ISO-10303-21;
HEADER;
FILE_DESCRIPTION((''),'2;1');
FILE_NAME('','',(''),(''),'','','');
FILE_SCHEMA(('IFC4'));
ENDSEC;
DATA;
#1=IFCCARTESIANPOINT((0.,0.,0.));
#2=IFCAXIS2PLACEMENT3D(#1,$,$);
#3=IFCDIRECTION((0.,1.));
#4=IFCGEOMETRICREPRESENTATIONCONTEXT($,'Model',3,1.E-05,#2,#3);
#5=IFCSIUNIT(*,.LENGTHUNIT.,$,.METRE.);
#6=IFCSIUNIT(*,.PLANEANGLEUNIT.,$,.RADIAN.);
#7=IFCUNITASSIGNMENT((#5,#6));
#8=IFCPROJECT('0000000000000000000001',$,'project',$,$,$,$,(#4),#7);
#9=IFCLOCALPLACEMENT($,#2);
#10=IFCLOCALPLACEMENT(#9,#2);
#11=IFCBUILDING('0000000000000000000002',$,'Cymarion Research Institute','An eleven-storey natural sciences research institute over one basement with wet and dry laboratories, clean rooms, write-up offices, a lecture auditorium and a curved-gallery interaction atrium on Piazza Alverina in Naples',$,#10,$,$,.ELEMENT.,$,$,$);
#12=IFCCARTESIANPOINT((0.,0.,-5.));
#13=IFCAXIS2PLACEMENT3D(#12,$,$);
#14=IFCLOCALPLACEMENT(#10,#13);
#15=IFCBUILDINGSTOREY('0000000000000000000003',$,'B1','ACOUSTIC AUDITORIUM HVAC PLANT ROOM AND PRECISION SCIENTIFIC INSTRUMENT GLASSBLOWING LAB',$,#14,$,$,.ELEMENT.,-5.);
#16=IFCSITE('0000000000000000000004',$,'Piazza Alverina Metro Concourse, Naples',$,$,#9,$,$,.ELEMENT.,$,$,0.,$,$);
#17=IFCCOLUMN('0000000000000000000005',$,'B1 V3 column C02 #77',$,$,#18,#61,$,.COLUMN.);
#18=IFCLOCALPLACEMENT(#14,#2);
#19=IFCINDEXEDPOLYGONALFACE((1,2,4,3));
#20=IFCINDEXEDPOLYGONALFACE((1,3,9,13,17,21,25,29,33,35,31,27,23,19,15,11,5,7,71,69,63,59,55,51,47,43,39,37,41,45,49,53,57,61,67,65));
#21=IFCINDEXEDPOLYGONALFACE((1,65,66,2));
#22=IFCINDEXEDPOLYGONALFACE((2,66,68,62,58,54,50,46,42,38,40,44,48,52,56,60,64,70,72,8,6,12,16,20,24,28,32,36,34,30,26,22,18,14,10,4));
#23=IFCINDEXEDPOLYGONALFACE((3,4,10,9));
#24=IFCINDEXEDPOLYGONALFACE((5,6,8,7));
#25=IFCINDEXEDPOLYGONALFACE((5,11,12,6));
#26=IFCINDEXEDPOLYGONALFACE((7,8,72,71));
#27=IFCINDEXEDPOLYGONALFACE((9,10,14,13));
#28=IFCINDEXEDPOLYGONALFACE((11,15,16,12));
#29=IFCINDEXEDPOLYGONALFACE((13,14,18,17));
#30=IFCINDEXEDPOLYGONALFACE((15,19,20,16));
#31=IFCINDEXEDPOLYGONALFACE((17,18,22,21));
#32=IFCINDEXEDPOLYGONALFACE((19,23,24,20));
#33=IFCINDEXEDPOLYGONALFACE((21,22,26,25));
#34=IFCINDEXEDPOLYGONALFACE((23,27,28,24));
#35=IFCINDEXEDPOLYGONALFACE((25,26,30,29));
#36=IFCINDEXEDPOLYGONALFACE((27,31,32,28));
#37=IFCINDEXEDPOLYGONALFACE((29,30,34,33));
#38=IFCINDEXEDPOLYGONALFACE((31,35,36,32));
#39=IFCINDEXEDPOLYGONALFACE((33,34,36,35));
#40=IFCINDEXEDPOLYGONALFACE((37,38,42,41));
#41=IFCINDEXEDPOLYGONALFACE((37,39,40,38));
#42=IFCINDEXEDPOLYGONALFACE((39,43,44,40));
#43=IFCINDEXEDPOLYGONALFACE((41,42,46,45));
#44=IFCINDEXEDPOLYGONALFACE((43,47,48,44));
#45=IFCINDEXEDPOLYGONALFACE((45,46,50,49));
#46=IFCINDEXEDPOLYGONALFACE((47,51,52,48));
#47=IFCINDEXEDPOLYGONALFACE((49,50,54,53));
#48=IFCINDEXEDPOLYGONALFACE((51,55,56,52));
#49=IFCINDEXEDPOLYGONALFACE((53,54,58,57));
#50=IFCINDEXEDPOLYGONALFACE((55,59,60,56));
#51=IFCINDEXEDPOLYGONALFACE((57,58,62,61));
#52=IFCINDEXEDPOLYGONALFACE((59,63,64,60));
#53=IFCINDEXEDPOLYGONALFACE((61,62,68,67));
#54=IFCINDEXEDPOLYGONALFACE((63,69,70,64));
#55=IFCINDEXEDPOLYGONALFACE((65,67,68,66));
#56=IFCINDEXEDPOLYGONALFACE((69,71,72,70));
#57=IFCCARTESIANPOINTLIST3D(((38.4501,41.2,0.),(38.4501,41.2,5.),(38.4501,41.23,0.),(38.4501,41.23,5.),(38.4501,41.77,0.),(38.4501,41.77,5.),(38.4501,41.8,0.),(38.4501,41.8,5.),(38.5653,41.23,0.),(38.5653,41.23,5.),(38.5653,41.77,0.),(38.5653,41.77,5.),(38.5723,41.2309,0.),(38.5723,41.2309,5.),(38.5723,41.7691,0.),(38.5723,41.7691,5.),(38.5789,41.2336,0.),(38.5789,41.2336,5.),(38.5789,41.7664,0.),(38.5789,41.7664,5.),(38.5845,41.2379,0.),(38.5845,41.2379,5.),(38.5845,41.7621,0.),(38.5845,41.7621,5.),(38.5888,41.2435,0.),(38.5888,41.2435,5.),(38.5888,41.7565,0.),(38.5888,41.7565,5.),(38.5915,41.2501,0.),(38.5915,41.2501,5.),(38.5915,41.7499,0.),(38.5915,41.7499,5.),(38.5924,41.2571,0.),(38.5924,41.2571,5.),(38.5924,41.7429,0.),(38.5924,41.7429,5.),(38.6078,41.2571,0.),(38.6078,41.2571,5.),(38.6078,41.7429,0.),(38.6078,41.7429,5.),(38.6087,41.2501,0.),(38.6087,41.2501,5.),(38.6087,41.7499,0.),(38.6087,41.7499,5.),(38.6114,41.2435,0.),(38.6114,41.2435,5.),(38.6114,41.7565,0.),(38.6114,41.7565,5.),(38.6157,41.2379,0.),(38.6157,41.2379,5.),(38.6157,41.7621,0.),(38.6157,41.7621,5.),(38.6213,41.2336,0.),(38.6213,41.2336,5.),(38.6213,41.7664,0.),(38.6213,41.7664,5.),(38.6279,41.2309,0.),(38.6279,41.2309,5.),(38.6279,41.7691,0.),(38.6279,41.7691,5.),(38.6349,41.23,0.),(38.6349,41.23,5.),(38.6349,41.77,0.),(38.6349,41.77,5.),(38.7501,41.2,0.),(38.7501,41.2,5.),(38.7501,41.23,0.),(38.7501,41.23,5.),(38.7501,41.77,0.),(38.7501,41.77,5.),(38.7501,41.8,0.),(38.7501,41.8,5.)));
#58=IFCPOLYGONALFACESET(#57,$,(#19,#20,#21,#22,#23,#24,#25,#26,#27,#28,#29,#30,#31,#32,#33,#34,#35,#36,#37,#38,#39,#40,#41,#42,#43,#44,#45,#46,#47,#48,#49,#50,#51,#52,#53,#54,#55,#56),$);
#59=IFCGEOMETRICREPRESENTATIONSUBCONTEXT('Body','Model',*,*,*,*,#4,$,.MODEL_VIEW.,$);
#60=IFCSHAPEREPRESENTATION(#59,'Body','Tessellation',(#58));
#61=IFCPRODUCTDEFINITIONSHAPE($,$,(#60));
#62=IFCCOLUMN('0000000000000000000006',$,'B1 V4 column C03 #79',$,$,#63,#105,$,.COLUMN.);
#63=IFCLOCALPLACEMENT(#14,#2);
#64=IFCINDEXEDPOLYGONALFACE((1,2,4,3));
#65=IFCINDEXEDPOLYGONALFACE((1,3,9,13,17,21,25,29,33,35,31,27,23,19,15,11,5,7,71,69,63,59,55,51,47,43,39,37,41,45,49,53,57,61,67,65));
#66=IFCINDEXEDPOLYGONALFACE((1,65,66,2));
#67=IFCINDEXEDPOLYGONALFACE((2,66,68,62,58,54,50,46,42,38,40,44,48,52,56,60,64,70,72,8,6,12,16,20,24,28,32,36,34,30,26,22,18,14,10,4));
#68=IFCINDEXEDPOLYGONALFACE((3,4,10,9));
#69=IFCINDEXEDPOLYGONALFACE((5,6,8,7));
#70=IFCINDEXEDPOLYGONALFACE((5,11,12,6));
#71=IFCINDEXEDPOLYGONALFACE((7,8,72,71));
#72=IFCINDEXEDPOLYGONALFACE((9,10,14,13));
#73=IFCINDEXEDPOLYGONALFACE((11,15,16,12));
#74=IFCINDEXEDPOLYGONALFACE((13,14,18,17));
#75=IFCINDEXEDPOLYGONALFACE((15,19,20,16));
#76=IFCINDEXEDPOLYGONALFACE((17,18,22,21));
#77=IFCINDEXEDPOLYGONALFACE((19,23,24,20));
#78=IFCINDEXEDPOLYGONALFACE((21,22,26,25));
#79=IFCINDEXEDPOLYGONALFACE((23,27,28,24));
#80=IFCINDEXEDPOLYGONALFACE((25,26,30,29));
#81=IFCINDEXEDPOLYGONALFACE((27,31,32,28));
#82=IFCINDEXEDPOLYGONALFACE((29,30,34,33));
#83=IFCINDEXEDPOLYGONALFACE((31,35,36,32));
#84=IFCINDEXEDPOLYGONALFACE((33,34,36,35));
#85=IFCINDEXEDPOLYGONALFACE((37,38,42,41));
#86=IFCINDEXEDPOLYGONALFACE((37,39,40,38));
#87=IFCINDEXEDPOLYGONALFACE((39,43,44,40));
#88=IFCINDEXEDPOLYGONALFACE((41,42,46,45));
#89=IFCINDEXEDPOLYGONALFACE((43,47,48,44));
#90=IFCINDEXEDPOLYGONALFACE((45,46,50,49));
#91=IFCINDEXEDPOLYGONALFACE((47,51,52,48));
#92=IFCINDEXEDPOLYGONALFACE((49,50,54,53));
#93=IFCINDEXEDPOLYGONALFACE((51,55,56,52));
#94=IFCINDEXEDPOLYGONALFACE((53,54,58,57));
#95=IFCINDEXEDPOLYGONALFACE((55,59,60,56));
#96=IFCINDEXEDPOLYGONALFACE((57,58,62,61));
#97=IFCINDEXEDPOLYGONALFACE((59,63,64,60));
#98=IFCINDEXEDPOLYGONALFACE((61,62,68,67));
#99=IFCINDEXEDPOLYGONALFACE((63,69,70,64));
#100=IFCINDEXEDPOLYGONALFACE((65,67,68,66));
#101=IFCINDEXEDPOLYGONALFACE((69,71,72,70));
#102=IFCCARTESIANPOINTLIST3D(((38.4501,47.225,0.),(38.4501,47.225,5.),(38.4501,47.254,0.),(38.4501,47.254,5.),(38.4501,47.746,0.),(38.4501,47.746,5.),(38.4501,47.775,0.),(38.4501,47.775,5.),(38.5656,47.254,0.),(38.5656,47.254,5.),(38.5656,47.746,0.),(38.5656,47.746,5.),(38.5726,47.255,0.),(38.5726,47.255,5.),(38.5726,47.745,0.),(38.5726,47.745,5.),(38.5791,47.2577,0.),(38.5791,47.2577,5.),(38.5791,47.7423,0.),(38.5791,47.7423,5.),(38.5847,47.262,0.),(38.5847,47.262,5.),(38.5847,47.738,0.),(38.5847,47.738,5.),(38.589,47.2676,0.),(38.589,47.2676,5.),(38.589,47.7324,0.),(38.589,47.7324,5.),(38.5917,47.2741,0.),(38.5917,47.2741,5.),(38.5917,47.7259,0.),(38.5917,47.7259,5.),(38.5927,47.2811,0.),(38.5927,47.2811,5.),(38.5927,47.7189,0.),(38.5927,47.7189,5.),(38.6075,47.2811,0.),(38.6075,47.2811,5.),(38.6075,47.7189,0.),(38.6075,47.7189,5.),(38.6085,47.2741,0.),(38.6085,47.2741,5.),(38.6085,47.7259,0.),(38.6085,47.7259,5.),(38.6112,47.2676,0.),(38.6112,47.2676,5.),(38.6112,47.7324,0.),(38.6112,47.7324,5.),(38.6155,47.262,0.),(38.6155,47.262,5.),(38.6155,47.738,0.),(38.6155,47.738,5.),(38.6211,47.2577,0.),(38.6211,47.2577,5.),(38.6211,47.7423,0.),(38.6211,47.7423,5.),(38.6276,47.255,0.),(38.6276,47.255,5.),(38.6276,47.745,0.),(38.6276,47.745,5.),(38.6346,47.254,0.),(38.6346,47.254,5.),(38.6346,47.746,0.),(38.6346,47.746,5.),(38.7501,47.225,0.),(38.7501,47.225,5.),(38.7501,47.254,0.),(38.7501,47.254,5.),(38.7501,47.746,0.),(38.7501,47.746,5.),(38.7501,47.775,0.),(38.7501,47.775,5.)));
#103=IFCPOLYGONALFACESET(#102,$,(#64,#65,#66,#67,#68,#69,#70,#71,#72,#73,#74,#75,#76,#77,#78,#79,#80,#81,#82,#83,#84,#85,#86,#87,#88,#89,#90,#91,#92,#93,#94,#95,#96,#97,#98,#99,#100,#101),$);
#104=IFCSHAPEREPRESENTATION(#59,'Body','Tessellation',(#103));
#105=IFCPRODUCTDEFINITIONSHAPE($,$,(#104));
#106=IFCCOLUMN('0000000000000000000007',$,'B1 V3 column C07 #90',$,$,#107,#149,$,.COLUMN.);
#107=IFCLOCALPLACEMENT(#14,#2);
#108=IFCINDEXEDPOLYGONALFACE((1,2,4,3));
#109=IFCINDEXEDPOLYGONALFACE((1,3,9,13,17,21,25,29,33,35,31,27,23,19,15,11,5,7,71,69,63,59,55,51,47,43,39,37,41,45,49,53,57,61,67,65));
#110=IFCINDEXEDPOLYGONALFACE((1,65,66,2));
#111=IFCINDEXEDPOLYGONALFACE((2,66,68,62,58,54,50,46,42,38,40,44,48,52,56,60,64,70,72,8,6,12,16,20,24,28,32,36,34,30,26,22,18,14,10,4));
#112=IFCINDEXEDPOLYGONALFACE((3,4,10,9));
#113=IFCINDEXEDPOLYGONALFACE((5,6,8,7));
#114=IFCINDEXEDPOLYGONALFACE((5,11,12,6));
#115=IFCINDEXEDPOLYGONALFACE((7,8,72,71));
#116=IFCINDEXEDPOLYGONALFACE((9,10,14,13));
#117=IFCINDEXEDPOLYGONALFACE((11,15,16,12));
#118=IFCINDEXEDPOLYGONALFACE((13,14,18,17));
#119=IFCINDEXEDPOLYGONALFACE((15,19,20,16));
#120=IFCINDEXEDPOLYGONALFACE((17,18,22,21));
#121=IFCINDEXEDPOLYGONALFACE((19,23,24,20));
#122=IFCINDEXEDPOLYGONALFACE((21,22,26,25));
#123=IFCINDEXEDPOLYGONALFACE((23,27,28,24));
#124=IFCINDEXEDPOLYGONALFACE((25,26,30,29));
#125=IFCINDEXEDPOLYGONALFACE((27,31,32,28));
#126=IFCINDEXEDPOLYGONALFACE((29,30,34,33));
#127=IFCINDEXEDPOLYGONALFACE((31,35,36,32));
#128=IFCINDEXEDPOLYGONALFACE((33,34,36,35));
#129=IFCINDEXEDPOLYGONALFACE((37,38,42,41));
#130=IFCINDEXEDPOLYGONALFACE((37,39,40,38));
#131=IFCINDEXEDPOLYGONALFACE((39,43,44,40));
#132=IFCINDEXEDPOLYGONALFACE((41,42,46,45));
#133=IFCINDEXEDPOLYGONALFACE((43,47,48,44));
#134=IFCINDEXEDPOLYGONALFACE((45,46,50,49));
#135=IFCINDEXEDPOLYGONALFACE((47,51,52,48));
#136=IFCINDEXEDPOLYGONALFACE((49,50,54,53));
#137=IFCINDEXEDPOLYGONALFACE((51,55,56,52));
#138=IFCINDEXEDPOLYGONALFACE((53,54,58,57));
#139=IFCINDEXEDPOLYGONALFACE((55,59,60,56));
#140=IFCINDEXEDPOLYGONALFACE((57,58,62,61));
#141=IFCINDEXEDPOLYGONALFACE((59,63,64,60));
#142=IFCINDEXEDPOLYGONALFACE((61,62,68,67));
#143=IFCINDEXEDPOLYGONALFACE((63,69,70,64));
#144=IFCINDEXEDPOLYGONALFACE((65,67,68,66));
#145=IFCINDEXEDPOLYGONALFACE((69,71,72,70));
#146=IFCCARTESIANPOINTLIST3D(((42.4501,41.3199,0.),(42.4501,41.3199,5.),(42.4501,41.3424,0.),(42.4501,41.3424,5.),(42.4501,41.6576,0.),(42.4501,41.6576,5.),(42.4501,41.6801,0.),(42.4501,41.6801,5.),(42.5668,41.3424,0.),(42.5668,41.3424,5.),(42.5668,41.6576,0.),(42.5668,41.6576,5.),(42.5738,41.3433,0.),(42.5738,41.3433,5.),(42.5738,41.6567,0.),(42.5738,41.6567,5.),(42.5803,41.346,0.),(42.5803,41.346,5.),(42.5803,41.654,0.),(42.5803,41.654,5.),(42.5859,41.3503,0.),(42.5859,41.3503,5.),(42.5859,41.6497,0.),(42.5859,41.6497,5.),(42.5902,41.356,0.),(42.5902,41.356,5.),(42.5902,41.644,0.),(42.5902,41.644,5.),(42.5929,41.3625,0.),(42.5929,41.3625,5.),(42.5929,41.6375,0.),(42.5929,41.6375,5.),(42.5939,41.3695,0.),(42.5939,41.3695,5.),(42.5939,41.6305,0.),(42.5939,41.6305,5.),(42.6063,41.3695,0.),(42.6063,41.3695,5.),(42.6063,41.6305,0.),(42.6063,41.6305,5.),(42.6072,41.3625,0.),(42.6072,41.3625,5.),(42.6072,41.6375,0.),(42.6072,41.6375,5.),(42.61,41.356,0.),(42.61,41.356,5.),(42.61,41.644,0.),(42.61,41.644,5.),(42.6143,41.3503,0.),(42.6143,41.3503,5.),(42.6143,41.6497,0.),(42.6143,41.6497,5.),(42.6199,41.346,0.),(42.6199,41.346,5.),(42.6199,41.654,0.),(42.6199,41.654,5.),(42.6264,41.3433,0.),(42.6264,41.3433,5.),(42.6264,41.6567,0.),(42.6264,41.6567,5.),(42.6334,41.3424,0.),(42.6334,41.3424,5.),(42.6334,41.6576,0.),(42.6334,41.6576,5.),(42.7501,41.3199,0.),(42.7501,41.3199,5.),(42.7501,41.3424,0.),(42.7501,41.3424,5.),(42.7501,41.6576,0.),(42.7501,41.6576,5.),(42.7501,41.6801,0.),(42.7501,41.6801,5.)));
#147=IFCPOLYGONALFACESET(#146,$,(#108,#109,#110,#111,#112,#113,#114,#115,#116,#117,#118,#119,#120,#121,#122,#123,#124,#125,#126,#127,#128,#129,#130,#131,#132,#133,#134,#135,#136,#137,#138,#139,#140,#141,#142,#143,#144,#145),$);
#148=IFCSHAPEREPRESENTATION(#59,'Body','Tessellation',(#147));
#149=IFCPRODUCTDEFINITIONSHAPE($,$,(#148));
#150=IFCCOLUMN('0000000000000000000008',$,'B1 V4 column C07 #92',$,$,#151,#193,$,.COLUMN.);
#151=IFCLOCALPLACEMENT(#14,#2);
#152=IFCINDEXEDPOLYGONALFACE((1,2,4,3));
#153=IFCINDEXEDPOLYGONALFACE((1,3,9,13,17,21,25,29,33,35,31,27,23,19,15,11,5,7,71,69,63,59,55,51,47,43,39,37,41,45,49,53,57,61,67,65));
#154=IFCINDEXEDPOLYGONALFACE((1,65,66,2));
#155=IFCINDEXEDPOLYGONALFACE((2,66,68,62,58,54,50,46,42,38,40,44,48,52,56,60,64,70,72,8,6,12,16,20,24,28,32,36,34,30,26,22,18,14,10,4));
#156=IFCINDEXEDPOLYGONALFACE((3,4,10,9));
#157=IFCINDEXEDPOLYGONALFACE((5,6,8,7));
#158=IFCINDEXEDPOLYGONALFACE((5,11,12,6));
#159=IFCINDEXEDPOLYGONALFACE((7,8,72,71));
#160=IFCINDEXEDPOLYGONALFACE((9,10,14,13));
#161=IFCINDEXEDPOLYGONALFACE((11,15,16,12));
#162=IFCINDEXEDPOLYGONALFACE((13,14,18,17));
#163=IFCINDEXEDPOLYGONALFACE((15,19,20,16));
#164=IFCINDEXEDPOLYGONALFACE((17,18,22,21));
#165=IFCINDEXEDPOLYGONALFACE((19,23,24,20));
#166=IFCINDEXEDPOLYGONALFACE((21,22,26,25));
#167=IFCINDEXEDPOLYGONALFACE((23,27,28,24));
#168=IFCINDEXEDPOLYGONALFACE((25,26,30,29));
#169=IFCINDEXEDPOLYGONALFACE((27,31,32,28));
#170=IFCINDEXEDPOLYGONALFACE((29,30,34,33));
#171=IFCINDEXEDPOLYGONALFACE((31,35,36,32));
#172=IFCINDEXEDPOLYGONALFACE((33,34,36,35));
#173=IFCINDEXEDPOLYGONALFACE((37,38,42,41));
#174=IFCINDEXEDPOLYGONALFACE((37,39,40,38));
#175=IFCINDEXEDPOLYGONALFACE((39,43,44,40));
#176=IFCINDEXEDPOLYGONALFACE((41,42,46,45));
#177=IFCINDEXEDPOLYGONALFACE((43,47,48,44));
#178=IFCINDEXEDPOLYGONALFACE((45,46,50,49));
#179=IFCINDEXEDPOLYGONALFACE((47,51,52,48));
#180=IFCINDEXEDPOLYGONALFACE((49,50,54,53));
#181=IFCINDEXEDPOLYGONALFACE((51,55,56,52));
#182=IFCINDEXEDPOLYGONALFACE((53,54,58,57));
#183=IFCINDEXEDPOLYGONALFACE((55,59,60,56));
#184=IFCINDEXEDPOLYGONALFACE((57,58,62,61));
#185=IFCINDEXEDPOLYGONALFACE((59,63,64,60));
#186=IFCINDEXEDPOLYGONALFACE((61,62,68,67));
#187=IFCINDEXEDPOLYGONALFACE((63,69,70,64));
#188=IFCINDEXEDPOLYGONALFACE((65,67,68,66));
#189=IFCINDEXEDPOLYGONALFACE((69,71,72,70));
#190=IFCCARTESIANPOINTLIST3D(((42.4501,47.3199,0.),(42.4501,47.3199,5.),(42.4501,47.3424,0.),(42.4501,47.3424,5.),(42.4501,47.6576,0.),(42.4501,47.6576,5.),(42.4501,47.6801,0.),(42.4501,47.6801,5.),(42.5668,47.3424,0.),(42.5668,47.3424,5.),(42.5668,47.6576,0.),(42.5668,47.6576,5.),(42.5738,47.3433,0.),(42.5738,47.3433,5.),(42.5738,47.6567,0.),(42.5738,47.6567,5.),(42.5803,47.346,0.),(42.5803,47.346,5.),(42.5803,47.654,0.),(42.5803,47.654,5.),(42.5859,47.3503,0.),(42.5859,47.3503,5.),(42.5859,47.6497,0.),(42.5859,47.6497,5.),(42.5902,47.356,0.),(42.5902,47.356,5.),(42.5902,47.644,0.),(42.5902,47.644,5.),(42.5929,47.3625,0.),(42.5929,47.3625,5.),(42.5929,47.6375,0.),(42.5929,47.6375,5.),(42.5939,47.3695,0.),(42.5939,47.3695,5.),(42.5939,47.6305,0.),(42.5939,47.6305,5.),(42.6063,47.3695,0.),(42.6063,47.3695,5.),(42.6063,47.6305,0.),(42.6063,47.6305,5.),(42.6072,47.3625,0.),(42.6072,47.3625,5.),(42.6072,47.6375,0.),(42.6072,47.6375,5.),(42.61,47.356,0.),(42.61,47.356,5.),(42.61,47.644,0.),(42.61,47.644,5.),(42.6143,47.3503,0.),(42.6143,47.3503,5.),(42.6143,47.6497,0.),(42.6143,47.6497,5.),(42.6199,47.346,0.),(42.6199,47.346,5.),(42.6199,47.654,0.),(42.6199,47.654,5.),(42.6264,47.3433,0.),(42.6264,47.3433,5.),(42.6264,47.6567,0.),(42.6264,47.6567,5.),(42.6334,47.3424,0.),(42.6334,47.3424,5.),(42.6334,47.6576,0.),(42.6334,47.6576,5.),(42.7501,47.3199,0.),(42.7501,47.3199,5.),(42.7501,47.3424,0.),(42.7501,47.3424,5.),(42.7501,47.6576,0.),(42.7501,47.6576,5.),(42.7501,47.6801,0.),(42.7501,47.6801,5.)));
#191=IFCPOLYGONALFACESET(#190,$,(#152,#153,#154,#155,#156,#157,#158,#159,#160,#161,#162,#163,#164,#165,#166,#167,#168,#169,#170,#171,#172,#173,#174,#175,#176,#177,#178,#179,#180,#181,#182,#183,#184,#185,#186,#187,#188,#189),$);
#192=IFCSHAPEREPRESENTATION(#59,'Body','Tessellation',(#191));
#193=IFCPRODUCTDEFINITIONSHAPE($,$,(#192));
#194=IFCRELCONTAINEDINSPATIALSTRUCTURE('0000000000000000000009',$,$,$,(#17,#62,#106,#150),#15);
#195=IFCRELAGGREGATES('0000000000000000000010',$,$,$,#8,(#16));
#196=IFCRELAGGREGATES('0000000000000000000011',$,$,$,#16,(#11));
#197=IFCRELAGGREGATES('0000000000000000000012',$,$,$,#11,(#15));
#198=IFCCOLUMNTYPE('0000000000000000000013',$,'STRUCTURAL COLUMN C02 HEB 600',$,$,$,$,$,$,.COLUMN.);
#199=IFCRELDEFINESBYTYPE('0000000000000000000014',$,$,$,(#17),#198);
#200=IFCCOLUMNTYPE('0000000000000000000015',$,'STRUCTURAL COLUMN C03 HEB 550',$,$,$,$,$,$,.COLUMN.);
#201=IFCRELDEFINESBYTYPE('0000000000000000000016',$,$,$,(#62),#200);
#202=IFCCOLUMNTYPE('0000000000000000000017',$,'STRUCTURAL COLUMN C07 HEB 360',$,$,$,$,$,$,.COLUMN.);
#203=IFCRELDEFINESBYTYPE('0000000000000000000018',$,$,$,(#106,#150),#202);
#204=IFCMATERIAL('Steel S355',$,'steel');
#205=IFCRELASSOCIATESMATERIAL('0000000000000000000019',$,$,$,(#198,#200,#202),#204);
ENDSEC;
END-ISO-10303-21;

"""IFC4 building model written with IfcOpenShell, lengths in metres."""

from ifc_helpers import new_model, si_unit, direction, frame, origin, origin_2d, place, context, subcontext, project, spatial, i_section, extrude, material, material_profile, profile_set, type_object, element, save


model = new_model("IFC4")

# Units and contexts
model_context = context("Model", 3, precision=1e-05, world=origin(), true_north=direction((0.0, 1.0)))
body_context = subcontext(model_context, "Body", "Model", "MODEL_VIEW")
ifc_project = project(units=[si_unit("LENGTHUNIT", "METRE"), si_unit("PLANEANGLEUNIT", "RADIAN")], contexts=[model_context])

# Site, building, storey
site_placement = place(None, origin())
site = spatial("IfcSite", under=ifc_project, at=site_placement, Name="Piazza Alverina Metro Concourse, Naples", CompositionType="ELEMENT", RefElevation=0.0)
building_placement = place(site_placement, origin())
building = spatial("IfcBuilding", under=site, at=building_placement, Name="Cymarion Research Institute", Description="An eleven-storey natural sciences research institute over one basement with wet and dry laboratories, clean rooms, write-up offices, a lecture auditorium and a curved-gallery interaction atrium on Piazza Alverina in Naples", CompositionType="ELEMENT")
storey_placement = place(building_placement, frame((0.0, 0.0, -5.0)))
storey = spatial("IfcBuildingStorey", under=building, at=storey_placement, Name="B1", Description="ACOUSTIC AUDITORIUM HVAC PLANT ROOM AND PRECISION SCIENTIFIC INSTRUMENT GLASSBLOWING LAB", CompositionType="ELEMENT", Elevation=-5.0)

# Columns
ifc_material_1 = material(Name="Steel S355", Category="steel")
ifc_material_profile_1 = material_profile(ifc_material_1, i_section(OverallWidth=0.3, OverallDepth=0.6001, WebThickness=0.0154, FlangeThickness=0.03, FilletRadius=0.0271, at=origin_2d()), Name="HEB 600")
ifc_profile_set_1 = profile_set([ifc_material_profile_1], Name="Steel S355")
column_type_1 = type_object("IfcColumnType", Name="STRUCTURAL COLUMN C02 HEB 600", PredefinedType="COLUMN", material=ifc_profile_set_1)
column_1_placement = place(storey_placement, frame((38.6001, 41.5, 0.0), z_axis=(0.0, 0.0, 1.0), x_axis=(1.0, 0.0, 0.0)))
element("IfcColumn", 1, at=column_1_placement, inside=storey, type_object=column_type_1, Name="B1 V3 column C02 #77", PredefinedType="COLUMN", context=body_context, shape_type="SweptSolid", body=[
    extrude(i_section(OverallWidth=0.3, OverallDepth=0.6001, WebThickness=0.0154, FlangeThickness=0.03, FilletRadius=0.0271, at=origin_2d()), origin(), (0.0, 0.0, 1.0), 5.0),
])
ifc_material_profile_2 = material_profile(ifc_material_1, i_section(OverallWidth=0.3, OverallDepth=0.55, WebThickness=0.0149, FlangeThickness=0.0291, FilletRadius=0.0271, at=origin_2d()), Name="HEB 550")
ifc_profile_set_2 = profile_set([ifc_material_profile_2], Name="Steel S355")
column_type_2 = type_object("IfcColumnType", Name="STRUCTURAL COLUMN C03 HEB 550", PredefinedType="COLUMN", material=ifc_profile_set_2)
column_2_placement = place(storey_placement, frame((38.6001, 47.5, 0.0), z_axis=(0.0, 0.0, 1.0), x_axis=(1.0, 0.0, 0.0)))
element("IfcColumn", 2, at=column_2_placement, inside=storey, type_object=column_type_2, Name="B1 V4 column C03 #79", PredefinedType="COLUMN", context=body_context, shape_type="SweptSolid", body=[
    extrude(i_section(OverallWidth=0.3, OverallDepth=0.55, WebThickness=0.0149, FlangeThickness=0.0291, FilletRadius=0.0271, at=origin_2d()), origin(), (0.0, 0.0, 1.0), 5.0),
])
ifc_material_profile_3 = material_profile(ifc_material_1, i_section(OverallWidth=0.3, OverallDepth=0.3601, WebThickness=0.0125, FlangeThickness=0.0225, FilletRadius=0.0271, at=origin_2d()), Name="HEB 360")
ifc_profile_set_3 = profile_set([ifc_material_profile_3], Name="Steel S355")
column_type_3 = type_object("IfcColumnType", Name="STRUCTURAL COLUMN C07 HEB 360", PredefinedType="COLUMN", material=ifc_profile_set_3)
for number, where, z_axis, x_axis, name in (
    (3, (42.6001, 41.5, 0.0), (0.0, 0.0, 1.0), (1.0, 0.0, 0.0), "B1 V3 column C07 #90"),
    (4, (42.6001, 47.5, 0.0), (0.0, 0.0, 1.0), (1.0, 0.0, 0.0), "B1 V4 column C07 #92"),
):
    element("IfcColumn", number, at=place(storey_placement, frame(where, z_axis=z_axis, x_axis=x_axis)), inside=storey, type_object=column_type_3, Name=name, PredefinedType="COLUMN", context=body_context, shape_type="SweptSolid", body=[
        extrude(i_section(OverallWidth=0.3, OverallDepth=0.3601, WebThickness=0.0125, FlangeThickness=0.0225, FilletRadius=0.0271, at=origin_2d()), origin(), (0.0, 0.0, 1.0), 5.0),
    ])

save(model, "model.ifc")
